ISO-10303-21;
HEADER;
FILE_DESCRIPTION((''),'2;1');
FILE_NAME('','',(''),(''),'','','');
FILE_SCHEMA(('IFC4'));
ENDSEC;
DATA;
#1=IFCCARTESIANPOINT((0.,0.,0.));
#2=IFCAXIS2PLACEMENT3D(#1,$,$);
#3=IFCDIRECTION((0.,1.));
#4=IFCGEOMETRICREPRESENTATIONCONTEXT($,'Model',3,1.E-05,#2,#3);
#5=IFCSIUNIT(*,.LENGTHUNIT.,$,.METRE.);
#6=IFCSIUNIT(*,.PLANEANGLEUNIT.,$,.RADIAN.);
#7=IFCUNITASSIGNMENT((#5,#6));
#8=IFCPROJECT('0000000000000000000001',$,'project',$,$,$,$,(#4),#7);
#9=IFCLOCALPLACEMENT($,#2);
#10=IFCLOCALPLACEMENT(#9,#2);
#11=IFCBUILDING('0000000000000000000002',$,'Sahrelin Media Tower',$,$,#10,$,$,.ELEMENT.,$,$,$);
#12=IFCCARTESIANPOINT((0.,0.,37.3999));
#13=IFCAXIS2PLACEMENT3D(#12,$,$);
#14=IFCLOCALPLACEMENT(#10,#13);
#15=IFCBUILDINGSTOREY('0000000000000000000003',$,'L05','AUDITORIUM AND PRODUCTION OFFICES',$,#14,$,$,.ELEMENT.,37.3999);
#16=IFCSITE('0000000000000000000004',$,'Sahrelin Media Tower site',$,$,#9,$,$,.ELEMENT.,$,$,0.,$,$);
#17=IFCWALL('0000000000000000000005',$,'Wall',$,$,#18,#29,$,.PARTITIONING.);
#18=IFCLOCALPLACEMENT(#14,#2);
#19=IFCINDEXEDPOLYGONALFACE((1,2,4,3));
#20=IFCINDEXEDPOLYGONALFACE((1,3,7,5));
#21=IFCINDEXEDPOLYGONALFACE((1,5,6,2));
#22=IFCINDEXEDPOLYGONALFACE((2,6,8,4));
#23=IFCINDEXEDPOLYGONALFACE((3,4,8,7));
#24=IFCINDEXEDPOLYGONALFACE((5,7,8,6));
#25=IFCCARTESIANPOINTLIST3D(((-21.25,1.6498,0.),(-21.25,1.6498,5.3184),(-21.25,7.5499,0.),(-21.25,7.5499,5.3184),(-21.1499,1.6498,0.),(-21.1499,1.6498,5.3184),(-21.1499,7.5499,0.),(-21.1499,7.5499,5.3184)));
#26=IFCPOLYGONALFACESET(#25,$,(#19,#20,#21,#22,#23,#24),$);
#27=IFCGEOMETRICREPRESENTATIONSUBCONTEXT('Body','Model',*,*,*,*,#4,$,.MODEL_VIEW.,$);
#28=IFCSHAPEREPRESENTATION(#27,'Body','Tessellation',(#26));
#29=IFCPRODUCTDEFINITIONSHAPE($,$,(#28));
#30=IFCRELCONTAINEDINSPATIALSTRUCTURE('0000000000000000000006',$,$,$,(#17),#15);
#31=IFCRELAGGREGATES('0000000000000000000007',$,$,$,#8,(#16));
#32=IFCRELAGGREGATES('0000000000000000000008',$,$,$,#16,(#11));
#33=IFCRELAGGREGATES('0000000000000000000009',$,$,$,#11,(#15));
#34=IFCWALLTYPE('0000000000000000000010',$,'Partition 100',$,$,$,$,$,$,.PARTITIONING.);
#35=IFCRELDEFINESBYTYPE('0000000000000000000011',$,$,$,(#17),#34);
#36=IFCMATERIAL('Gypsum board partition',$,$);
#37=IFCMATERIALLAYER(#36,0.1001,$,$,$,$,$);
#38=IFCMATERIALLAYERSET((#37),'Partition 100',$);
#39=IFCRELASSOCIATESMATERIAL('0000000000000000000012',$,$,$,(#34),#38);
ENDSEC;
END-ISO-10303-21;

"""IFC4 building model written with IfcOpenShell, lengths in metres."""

from ifc_helpers import new_model, si_unit, direction, frame, frame_2d, origin, place, context, subcontext, project, spatial, rectangle, extrude, material, layer, layer_set, type_object, element, save


model = new_model("IFC4")

# Units and contexts
model_context = context("Model", 3, precision=1e-05, world=origin(), true_north=direction((0.0, 1.0)))
body_context = subcontext(model_context, "Body", "Model", "MODEL_VIEW")
ifc_project = project(units=[si_unit("LENGTHUNIT", "METRE"), si_unit("PLANEANGLEUNIT", "RADIAN")], contexts=[model_context])

# Site, building, storey
site_placement = place(None, origin())
site = spatial("IfcSite", under=ifc_project, at=site_placement, Name="Sahrelin Media Tower site", CompositionType="ELEMENT", RefElevation=0.0)
building_placement = place(site_placement, origin())
building = spatial("IfcBuilding", under=site, at=building_placement, Name="Sahrelin Media Tower", CompositionType="ELEMENT")
storey_placement = place(building_placement, frame((0.0, 0.0, 37.3999)))
storey = spatial("IfcBuildingStorey", under=building, at=storey_placement, Name="L05", Description="AUDITORIUM AND PRODUCTION OFFICES", CompositionType="ELEMENT", Elevation=37.3999)

# Shared definitions
ifc_material_1 = material(Name="Gypsum board partition")
ifc_layer_1 = layer(ifc_material_1, 0.1001)
ifc_layer_set_1 = layer_set([ifc_layer_1], Name="Partition 100")
wall_type = type_object("IfcWallType", Name="Partition 100", PredefinedType="PARTITIONING", material=ifc_layer_set_1)

# Wall
wall_1_placement = place(storey_placement, frame((-21.2, 7.55, 0.0), z_axis=(0.0, 0.0, 1.0), x_axis=(0.0, -1.0, 0.0)))
element("IfcWall", 1, at=wall_1_placement, inside=storey, type_object=wall_type, Name="Wall", PredefinedType="PARTITIONING", context=body_context, shape_type="SweptSolid", body=[
    extrude(rectangle(XDim=5.9001, YDim=0.1001, at=frame_2d((2.9502, 0.0))), origin(), (0.0, 0.0, 1.0), 5.3184),
])

save(model, "model.ifc")
